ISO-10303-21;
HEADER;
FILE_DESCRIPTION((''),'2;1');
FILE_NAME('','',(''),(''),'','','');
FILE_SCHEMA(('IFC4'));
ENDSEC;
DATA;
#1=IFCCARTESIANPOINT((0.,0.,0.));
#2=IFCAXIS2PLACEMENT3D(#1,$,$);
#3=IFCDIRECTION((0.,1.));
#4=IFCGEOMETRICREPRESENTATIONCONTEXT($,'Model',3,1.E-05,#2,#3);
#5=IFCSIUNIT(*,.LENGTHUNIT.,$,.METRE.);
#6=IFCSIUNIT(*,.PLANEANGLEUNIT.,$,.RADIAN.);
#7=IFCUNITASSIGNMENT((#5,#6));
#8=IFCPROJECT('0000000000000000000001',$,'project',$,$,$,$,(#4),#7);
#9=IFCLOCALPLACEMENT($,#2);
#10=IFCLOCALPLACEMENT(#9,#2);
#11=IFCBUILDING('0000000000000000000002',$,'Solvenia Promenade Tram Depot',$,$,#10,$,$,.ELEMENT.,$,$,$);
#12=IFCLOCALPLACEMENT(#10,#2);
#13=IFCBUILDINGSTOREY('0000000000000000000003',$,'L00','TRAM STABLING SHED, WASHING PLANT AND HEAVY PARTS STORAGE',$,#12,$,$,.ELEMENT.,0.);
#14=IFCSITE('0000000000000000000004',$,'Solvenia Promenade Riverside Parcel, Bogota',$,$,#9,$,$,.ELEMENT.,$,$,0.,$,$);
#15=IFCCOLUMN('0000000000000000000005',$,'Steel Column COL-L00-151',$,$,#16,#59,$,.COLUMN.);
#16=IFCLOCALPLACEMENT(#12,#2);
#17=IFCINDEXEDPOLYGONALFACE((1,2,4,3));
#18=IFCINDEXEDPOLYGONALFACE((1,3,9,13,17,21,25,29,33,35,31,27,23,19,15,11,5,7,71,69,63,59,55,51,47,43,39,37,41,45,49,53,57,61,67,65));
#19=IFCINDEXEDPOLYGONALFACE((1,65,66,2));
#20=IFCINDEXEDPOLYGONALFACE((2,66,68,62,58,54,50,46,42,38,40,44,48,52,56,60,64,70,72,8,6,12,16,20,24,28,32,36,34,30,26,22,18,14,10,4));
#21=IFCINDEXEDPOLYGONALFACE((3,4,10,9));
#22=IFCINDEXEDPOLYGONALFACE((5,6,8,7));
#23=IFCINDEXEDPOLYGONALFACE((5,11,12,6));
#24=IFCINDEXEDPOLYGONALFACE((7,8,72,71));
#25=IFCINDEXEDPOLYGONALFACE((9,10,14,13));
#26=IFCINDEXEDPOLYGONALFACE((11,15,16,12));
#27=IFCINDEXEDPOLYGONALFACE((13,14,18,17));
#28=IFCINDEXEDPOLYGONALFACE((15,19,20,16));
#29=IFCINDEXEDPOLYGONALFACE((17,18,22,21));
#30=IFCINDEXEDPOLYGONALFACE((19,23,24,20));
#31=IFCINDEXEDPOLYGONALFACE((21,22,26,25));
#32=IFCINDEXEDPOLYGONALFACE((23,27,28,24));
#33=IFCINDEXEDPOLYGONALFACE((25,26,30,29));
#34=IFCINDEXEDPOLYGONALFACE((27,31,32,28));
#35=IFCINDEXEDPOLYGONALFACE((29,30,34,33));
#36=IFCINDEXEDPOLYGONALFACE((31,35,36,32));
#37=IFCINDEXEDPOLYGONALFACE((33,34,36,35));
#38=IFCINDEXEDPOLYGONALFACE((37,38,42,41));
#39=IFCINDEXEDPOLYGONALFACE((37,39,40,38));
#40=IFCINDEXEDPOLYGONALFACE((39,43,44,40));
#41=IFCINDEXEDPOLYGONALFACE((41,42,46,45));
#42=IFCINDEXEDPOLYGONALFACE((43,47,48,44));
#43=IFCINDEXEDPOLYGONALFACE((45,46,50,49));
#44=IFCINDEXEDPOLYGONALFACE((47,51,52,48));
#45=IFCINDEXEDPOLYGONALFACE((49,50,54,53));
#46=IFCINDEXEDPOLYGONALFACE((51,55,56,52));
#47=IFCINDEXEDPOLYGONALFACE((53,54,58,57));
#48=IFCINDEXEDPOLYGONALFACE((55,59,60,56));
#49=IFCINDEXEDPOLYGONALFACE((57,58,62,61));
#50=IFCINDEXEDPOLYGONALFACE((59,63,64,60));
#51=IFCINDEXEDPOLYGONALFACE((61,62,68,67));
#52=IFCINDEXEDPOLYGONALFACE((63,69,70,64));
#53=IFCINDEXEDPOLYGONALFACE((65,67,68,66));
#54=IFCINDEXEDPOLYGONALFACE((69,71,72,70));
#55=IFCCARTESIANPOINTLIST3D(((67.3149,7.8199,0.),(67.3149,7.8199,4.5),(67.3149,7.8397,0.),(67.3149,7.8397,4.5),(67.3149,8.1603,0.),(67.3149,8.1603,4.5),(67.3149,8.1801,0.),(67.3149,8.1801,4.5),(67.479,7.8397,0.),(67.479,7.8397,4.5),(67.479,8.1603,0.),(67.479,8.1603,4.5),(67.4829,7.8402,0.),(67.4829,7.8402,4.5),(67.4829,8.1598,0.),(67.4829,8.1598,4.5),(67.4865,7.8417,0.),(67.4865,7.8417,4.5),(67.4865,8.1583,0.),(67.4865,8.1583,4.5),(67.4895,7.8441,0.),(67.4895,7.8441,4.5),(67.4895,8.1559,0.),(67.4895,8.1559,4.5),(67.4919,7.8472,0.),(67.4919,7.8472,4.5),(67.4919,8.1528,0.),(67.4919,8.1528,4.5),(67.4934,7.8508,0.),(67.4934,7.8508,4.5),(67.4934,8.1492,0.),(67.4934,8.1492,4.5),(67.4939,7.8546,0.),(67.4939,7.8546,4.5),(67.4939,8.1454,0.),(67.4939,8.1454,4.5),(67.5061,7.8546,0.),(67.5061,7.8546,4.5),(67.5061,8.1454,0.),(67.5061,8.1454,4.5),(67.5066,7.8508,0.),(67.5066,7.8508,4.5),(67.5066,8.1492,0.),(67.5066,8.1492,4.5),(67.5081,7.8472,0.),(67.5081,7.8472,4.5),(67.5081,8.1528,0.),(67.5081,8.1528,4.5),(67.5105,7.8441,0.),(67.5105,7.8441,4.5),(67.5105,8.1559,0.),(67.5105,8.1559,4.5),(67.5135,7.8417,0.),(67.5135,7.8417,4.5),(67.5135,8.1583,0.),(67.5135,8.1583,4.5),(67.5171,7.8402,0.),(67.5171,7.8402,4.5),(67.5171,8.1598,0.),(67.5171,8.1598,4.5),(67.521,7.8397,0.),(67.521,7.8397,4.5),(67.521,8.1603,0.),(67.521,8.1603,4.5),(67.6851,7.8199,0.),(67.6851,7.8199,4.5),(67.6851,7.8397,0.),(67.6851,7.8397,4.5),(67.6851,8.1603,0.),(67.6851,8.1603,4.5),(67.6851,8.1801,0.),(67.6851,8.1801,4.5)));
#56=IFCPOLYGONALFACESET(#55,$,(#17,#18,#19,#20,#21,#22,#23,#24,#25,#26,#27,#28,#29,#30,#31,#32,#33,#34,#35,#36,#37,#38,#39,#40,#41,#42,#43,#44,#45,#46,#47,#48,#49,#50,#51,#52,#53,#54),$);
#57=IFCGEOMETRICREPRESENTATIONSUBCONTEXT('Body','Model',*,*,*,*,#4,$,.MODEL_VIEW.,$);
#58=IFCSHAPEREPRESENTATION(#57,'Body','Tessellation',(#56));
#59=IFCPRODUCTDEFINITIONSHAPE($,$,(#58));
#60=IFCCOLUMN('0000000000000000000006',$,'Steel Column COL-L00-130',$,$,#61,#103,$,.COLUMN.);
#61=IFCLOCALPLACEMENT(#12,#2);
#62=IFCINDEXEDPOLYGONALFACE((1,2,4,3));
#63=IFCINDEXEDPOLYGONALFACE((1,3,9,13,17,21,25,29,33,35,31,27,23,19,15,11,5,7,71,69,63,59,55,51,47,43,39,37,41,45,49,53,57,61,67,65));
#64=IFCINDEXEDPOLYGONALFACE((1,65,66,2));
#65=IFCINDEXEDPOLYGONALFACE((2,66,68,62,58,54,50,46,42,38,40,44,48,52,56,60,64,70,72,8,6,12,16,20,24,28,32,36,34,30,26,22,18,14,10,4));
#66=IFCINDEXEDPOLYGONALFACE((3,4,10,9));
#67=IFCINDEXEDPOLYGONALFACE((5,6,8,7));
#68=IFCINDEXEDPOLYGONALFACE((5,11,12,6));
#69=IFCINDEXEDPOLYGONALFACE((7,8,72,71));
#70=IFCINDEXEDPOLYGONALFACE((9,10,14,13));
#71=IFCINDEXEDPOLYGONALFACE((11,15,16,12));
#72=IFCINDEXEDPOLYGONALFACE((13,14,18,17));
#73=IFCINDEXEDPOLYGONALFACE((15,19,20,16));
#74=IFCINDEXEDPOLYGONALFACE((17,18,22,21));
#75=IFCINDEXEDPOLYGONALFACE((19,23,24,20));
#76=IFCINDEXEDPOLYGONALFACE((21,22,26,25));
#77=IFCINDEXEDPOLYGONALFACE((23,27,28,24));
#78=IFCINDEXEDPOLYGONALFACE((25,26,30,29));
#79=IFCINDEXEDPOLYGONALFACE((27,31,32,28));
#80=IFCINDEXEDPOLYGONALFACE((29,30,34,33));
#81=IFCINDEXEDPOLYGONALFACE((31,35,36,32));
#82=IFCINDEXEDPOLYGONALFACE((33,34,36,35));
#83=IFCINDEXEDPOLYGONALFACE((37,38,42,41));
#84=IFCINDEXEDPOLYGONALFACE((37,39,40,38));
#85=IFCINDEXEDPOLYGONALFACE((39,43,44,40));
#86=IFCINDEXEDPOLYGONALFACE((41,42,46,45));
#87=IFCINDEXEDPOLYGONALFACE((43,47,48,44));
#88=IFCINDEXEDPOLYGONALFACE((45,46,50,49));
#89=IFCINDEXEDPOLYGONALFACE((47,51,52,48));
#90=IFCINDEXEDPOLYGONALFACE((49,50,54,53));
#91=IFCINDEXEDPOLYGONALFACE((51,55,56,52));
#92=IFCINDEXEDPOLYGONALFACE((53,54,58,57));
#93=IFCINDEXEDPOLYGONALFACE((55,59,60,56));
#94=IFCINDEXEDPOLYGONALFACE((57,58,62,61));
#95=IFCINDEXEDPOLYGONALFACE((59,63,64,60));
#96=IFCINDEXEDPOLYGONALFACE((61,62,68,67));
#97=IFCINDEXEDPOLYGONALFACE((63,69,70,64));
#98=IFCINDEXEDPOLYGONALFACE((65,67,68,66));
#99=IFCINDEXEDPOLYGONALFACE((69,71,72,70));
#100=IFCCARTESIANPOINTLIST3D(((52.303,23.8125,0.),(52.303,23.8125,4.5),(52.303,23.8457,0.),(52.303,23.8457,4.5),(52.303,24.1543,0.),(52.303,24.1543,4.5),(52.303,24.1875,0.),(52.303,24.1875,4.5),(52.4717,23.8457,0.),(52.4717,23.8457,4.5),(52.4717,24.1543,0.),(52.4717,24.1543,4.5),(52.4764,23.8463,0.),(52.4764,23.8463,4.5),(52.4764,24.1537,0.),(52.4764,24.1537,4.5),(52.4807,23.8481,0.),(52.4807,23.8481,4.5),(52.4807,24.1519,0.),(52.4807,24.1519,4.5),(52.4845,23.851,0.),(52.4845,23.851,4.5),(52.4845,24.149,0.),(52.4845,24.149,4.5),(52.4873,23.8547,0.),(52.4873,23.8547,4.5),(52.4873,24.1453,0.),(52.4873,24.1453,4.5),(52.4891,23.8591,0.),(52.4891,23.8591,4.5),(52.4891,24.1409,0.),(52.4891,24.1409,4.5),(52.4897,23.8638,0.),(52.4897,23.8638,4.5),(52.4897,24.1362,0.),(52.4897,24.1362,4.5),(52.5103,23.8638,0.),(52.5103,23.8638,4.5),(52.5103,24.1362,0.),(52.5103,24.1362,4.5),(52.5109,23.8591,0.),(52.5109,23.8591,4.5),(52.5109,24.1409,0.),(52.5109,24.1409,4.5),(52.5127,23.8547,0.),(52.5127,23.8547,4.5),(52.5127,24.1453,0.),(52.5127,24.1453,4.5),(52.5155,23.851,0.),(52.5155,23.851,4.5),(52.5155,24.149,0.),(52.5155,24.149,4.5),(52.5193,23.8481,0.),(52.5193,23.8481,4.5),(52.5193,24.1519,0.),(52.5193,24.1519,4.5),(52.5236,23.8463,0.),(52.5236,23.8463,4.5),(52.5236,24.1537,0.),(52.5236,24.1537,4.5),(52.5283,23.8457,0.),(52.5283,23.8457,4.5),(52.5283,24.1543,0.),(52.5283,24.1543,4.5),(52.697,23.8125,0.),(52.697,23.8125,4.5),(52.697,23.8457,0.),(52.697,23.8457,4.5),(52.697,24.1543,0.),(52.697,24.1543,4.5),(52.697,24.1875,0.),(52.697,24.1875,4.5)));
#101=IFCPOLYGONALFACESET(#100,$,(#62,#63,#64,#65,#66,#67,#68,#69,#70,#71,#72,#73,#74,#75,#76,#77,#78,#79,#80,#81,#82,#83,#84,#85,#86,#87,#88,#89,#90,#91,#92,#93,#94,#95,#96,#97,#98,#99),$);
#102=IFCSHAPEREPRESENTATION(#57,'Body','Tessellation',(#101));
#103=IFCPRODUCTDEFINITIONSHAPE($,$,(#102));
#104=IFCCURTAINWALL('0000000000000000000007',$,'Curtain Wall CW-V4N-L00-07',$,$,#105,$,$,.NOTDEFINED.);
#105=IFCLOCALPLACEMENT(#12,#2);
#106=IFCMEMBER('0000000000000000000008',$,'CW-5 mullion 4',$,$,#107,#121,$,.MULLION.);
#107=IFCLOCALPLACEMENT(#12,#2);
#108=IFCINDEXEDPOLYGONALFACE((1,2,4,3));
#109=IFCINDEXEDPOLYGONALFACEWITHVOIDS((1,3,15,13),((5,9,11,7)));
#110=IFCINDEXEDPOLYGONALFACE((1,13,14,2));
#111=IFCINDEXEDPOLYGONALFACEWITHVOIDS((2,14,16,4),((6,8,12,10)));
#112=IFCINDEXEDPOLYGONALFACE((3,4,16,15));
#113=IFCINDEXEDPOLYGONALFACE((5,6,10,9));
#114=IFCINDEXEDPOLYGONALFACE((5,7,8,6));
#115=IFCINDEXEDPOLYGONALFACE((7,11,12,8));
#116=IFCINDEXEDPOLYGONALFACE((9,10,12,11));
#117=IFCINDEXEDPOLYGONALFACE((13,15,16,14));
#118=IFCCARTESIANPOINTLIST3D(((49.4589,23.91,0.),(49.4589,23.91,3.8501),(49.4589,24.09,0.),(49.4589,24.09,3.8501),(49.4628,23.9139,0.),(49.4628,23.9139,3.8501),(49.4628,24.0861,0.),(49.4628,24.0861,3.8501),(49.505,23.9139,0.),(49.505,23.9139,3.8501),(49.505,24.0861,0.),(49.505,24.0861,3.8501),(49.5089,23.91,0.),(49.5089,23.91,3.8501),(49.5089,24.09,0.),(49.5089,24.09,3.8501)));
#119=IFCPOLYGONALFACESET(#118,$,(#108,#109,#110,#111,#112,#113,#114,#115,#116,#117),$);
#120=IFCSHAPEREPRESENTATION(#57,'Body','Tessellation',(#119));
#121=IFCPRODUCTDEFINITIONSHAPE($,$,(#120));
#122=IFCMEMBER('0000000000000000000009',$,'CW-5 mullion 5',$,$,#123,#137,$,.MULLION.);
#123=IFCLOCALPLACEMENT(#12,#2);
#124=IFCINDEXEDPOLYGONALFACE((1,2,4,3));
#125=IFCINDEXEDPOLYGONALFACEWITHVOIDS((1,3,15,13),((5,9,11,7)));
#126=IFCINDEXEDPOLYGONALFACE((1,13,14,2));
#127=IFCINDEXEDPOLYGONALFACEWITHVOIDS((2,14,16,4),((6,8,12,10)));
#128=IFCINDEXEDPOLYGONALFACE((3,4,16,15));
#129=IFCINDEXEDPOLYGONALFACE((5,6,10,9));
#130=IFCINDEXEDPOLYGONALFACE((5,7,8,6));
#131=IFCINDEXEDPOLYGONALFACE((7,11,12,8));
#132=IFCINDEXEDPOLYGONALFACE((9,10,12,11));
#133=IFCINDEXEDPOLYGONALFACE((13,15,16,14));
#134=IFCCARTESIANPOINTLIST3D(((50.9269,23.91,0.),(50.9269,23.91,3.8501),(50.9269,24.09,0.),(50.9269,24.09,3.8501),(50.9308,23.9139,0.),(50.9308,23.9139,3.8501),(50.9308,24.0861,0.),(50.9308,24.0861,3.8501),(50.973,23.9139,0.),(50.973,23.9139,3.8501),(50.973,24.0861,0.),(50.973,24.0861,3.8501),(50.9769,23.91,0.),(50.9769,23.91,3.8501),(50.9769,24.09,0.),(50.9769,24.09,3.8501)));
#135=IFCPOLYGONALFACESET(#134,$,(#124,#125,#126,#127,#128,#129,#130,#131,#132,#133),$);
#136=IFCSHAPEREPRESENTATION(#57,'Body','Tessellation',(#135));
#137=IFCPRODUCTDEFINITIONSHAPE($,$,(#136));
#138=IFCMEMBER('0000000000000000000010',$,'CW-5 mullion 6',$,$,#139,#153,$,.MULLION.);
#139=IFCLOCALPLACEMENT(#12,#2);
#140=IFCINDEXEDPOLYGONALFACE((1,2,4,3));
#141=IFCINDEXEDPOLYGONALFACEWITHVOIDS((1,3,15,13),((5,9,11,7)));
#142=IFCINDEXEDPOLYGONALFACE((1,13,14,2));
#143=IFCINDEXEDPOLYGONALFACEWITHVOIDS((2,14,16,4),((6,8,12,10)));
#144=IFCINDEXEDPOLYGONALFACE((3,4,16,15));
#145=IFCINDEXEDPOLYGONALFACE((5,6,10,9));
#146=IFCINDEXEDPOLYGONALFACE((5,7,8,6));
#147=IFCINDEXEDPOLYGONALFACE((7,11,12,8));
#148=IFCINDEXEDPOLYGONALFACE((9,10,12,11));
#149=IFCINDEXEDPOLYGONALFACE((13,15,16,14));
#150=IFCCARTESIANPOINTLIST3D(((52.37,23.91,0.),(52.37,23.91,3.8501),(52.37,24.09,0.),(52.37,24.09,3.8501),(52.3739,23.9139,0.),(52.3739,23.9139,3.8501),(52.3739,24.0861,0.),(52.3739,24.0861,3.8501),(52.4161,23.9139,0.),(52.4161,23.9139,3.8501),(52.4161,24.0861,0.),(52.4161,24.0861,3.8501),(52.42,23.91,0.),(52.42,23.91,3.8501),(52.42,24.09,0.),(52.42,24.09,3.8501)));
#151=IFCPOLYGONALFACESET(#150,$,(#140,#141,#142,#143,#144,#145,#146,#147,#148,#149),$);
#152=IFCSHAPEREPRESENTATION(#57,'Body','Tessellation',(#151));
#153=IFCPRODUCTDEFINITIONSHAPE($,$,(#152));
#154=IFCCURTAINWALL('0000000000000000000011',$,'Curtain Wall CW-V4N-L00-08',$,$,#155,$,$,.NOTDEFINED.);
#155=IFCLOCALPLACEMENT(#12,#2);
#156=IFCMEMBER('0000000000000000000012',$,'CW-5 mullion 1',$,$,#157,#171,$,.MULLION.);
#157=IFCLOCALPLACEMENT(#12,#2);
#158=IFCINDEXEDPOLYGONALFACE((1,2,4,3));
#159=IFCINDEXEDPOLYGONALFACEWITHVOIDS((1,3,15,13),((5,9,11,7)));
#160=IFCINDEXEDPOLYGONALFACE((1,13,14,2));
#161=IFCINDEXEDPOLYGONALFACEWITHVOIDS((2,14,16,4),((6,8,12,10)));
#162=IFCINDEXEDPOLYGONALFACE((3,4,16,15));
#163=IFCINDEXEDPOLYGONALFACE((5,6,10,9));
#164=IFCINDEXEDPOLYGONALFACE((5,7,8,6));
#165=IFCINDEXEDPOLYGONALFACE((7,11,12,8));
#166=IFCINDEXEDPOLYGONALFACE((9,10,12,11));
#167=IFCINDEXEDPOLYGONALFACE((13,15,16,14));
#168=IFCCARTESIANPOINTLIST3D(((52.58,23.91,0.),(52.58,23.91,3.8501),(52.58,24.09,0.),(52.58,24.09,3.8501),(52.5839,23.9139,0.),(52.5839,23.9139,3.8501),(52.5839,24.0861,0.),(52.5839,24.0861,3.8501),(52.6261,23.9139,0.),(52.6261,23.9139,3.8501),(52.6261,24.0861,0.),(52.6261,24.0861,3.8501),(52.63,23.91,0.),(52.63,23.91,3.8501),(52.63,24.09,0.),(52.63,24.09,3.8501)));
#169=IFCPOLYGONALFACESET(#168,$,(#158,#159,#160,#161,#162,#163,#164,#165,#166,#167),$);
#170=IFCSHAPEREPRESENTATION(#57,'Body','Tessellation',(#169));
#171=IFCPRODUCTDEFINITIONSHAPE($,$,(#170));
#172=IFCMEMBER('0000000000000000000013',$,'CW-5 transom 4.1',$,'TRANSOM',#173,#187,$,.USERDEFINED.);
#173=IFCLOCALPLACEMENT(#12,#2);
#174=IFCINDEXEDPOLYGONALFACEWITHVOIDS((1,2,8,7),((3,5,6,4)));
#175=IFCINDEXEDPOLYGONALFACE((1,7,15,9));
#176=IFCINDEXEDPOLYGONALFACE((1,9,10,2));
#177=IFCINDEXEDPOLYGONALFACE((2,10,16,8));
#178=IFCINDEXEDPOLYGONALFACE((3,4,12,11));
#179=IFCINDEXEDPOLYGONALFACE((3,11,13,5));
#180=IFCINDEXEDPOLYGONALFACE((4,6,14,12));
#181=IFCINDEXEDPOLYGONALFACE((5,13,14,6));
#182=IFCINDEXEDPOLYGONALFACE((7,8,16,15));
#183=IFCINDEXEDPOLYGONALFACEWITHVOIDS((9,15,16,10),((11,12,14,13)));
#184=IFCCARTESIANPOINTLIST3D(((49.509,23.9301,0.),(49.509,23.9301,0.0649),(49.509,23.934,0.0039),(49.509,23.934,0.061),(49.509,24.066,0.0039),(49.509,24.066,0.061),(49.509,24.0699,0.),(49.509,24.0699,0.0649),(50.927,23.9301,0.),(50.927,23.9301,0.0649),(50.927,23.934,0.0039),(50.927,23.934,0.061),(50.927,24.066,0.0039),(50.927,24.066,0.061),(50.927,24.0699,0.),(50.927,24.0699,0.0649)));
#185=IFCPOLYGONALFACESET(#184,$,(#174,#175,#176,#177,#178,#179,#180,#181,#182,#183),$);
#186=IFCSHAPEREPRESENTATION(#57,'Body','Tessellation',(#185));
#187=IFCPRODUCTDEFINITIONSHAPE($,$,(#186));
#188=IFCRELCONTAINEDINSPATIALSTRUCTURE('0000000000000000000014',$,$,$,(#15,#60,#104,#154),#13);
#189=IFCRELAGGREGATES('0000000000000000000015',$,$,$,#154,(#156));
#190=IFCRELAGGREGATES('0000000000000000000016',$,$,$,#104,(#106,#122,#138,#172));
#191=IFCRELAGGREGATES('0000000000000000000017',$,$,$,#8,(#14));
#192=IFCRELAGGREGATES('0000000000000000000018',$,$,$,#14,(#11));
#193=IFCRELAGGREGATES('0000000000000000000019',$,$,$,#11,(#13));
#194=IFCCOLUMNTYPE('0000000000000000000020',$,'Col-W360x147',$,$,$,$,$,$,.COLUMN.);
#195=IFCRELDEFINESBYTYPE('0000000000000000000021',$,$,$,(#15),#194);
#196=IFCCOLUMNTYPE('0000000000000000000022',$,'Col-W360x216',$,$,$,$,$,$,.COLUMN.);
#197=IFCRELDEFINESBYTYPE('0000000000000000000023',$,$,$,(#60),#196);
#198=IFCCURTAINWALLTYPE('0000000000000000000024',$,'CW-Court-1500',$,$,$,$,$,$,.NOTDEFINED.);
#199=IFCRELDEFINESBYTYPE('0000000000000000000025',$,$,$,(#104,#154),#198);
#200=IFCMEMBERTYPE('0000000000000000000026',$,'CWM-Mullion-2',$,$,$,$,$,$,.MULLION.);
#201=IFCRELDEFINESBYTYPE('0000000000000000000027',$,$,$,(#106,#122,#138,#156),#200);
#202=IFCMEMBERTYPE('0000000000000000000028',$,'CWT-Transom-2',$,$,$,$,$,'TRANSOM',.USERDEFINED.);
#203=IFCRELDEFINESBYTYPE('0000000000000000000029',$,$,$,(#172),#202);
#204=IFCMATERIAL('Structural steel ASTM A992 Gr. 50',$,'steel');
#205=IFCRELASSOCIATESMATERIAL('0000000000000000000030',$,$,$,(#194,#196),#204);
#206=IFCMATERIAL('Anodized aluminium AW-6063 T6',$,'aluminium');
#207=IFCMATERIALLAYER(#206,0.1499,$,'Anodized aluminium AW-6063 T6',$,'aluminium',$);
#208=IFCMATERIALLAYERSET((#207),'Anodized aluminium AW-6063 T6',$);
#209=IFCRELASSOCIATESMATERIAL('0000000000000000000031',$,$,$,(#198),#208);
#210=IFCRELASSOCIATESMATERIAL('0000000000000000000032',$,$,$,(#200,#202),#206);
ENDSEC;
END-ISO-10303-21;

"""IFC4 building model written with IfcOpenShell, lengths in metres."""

from ifc_helpers import new_model, si_unit, direction, frame, origin, origin_2d, place, context, subcontext, project, spatial, hollow_rectangle, i_section, extrude, material, layer, layer_set, material_profile, profile_set, type_object, element, aggregate, save


model = new_model("IFC4")

# Units and contexts
model_context = context("Model", 3, precision=1e-05, world=origin(), true_north=direction((0.0, 1.0)))
body_context = subcontext(model_context, "Body", "Model", "MODEL_VIEW")
ifc_project = project(units=[si_unit("LENGTHUNIT", "METRE"), si_unit("PLANEANGLEUNIT", "RADIAN")], contexts=[model_context])

# Site, building, storey
site_placement = place(None, origin())
site = spatial("IfcSite", under=ifc_project, at=site_placement, Name="Solvenia Promenade Riverside Parcel, Bogota", CompositionType="ELEMENT", RefElevation=0.0)
building_placement = place(site_placement, origin())
building = spatial("IfcBuilding", under=site, at=building_placement, Name="Solvenia Promenade Tram Depot", CompositionType="ELEMENT")
storey_placement = place(building_placement, origin())
storey = spatial("IfcBuildingStorey", under=building, at=storey_placement, Name="L00", Description="TRAM STABLING SHED, WASHING PLANT AND HEAVY PARTS STORAGE", CompositionType="ELEMENT", Elevation=0.0)

# Columns
ifc_material_1 = material(Name="Structural steel ASTM A992 Gr. 50", Category="steel")
ifc_material_profile_1 = material_profile(ifc_material_1, i_section(OverallWidth=0.3701, OverallDepth=0.3601, WebThickness=0.0122, FlangeThickness=0.0198, FilletRadius=0.0149, at=origin_2d()), Name="W360x147", Category="steel")
ifc_profile_set_1 = profile_set([ifc_material_profile_1], Name="Structural steel ASTM A992 Gr. 50")
column_type_1 = type_object("IfcColumnType", Name="Col-W360x147", PredefinedType="COLUMN", material=ifc_profile_set_1)
column_1_placement = place(storey_placement, frame((67.5, 8.0, 0.0), z_axis=(0.0, 0.0, 1.0), x_axis=(1.0, 0.0, 0.0)))
element("IfcColumn", 1, at=column_1_placement, inside=storey, type_object=column_type_1, Name="Steel Column COL-L00-151", PredefinedType="COLUMN", context=body_context, shape_type="SweptSolid", body=[
    extrude(i_section(OverallWidth=0.3701, OverallDepth=0.3601, WebThickness=0.0122, FlangeThickness=0.0198, FilletRadius=0.0149, at=origin_2d()), origin(), (0.0, 0.0, 1.0), 4.5),
])
ifc_material_profile_2 = material_profile(ifc_material_1, i_section(OverallWidth=0.394, OverallDepth=0.375, WebThickness=0.0205, FlangeThickness=0.0332, FilletRadius=0.0181, at=origin_2d()), Name="W360x216", Category="steel")
ifc_profile_set_2 = profile_set([ifc_material_profile_2], Name="Structural steel ASTM A992 Gr. 50")
column_type_2 = type_object("IfcColumnType", Name="Col-W360x216", PredefinedType="COLUMN", material=ifc_profile_set_2)
column_2_placement = place(storey_placement, frame((52.5, 24.0, 0.0), z_axis=(0.0, 0.0, 1.0), x_axis=(1.0, 0.0, 0.0)))
element("IfcColumn", 2, at=column_2_placement, inside=storey, type_object=column_type_2, Name="Steel Column COL-L00-130", PredefinedType="COLUMN", context=body_context, shape_type="SweptSolid", body=[
    extrude(i_section(OverallWidth=0.394, OverallDepth=0.375, WebThickness=0.0205, FlangeThickness=0.0332, FilletRadius=0.0181, at=origin_2d()), origin(), (0.0, 0.0, 1.0), 4.5),
])

# Curtain wall, members
ifc_material_2 = material(Name="Anodized aluminium AW-6063 T6", Category="aluminium")
ifc_layer_1 = layer(ifc_material_2, 0.1499, Name="Anodized aluminium AW-6063 T6", Category="aluminium")
ifc_layer_set_1 = layer_set([ifc_layer_1], Name="Anodized aluminium AW-6063 T6")
curtain_wall_type = type_object("IfcCurtainWallType", Name="CW-Court-1500", PredefinedType="NOTDEFINED", material=ifc_layer_set_1)
curtain_wall_1_placement = place(storey_placement, origin())
curtain_wall_1 = element("IfcCurtainWall", 3, at=curtain_wall_1_placement, inside=storey, type_object=curtain_wall_type, Name="Curtain Wall CW-V4N-L00-07", PredefinedType="NOTDEFINED")
ifc_material_profile_3 = material_profile(ifc_material_2, hollow_rectangle(XDim=0.1799, YDim=0.05, WallThickness=0.0039, at=origin_2d()), Name="ALU-M2", Category="aluminium")
ifc_profile_set_3 = profile_set([ifc_material_profile_3], Name="Anodized aluminium AW-6063 T6")
member_type_1 = type_object("IfcMemberType", Name="CWM-Mullion-2", PredefinedType="MULLION", material=ifc_profile_set_3)
member_1_placement = place(storey_placement, frame((49.4839, 24.0, 0.0), z_axis=(0.0, 0.0, 1.0), x_axis=(0.0, 1.0, 0.0)))
member_1 = element("IfcMember", 4, at=member_1_placement, type_object=member_type_1, Name="CW-5 mullion 4", PredefinedType="MULLION", context=body_context, shape_type="SweptSolid", body=[
    extrude(hollow_rectangle(XDim=0.1799, YDim=0.05, WallThickness=0.0039, at=origin_2d()), origin(), (0.0, 0.0, 1.0), 3.8501),
])
member_2_placement = place(storey_placement, frame((50.9519, 24.0, 0.0), z_axis=(0.0, 0.0, 1.0), x_axis=(0.0, 1.0, 0.0)))
member_2 = element("IfcMember", 5, at=member_2_placement, type_object=member_type_1, Name="CW-5 mullion 5", PredefinedType="MULLION", context=body_context, shape_type="SweptSolid", body=[
    extrude(hollow_rectangle(XDim=0.1799, YDim=0.05, WallThickness=0.0039, at=origin_2d()), origin(), (0.0, 0.0, 1.0), 3.8501),
])
member_3_placement = place(storey_placement, frame((52.395, 24.0, 0.0), z_axis=(0.0, 0.0, 1.0), x_axis=(0.0, 1.0, 0.0)))
member_3 = element("IfcMember", 6, at=member_3_placement, type_object=member_type_1, Name="CW-5 mullion 6", PredefinedType="MULLION", context=body_context, shape_type="SweptSolid", body=[
    extrude(hollow_rectangle(XDim=0.1799, YDim=0.05, WallThickness=0.0039, at=origin_2d()), origin(), (0.0, 0.0, 1.0), 3.8501),
])

# Curtain wall, member
curtain_wall_2_placement = place(storey_placement, origin())
curtain_wall_2 = element("IfcCurtainWall", 7, at=curtain_wall_2_placement, inside=storey, type_object=curtain_wall_type, Name="Curtain Wall CW-V4N-L00-08", PredefinedType="NOTDEFINED")
member_4_placement = place(storey_placement, frame((52.605, 24.0, 0.0), z_axis=(0.0, 0.0, 1.0), x_axis=(0.0, 1.0, 0.0)))
member_4 = element("IfcMember", 8, at=member_4_placement, type_object=member_type_1, Name="CW-5 mullion 1", PredefinedType="MULLION", context=body_context, shape_type="SweptSolid", body=[
    extrude(hollow_rectangle(XDim=0.1799, YDim=0.05, WallThickness=0.0039, at=origin_2d()), origin(), (0.0, 0.0, 1.0), 3.8501),
])

# Member
ifc_material_profile_4 = material_profile(ifc_material_2, hollow_rectangle(XDim=0.1399, YDim=0.0649, WallThickness=0.0039, at=origin_2d()), Name="ALU-T2", Category="aluminium")
ifc_profile_set_4 = profile_set([ifc_material_profile_4], Name="Anodized aluminium AW-6063 T6")
member_type_2 = type_object("IfcMemberType", Name="CWT-Transom-2", ElementType="TRANSOM", PredefinedType="USERDEFINED", material=ifc_profile_set_4)
member_5_placement = place(storey_placement, frame((49.509, 24.0, 0.0325), z_axis=(1.0, 0.0, 0.0), x_axis=(0.0, 1.0, 0.0)))
member_5 = element("IfcMember", 9, at=member_5_placement, type_object=member_type_2, Name="CW-5 transom 4.1", ObjectType="TRANSOM", PredefinedType="USERDEFINED", context=body_context, shape_type="SweptSolid", body=[
    extrude(hollow_rectangle(XDim=0.1399, YDim=0.0649, WallThickness=0.0039, at=origin_2d()), origin(), (0.0, 0.0, 1.0), 1.418),
])
aggregate(curtain_wall_2, [member_4])

aggregate(curtain_wall_1, [member_1, member_2, member_3, member_5])

save(model, "model.ifc")
